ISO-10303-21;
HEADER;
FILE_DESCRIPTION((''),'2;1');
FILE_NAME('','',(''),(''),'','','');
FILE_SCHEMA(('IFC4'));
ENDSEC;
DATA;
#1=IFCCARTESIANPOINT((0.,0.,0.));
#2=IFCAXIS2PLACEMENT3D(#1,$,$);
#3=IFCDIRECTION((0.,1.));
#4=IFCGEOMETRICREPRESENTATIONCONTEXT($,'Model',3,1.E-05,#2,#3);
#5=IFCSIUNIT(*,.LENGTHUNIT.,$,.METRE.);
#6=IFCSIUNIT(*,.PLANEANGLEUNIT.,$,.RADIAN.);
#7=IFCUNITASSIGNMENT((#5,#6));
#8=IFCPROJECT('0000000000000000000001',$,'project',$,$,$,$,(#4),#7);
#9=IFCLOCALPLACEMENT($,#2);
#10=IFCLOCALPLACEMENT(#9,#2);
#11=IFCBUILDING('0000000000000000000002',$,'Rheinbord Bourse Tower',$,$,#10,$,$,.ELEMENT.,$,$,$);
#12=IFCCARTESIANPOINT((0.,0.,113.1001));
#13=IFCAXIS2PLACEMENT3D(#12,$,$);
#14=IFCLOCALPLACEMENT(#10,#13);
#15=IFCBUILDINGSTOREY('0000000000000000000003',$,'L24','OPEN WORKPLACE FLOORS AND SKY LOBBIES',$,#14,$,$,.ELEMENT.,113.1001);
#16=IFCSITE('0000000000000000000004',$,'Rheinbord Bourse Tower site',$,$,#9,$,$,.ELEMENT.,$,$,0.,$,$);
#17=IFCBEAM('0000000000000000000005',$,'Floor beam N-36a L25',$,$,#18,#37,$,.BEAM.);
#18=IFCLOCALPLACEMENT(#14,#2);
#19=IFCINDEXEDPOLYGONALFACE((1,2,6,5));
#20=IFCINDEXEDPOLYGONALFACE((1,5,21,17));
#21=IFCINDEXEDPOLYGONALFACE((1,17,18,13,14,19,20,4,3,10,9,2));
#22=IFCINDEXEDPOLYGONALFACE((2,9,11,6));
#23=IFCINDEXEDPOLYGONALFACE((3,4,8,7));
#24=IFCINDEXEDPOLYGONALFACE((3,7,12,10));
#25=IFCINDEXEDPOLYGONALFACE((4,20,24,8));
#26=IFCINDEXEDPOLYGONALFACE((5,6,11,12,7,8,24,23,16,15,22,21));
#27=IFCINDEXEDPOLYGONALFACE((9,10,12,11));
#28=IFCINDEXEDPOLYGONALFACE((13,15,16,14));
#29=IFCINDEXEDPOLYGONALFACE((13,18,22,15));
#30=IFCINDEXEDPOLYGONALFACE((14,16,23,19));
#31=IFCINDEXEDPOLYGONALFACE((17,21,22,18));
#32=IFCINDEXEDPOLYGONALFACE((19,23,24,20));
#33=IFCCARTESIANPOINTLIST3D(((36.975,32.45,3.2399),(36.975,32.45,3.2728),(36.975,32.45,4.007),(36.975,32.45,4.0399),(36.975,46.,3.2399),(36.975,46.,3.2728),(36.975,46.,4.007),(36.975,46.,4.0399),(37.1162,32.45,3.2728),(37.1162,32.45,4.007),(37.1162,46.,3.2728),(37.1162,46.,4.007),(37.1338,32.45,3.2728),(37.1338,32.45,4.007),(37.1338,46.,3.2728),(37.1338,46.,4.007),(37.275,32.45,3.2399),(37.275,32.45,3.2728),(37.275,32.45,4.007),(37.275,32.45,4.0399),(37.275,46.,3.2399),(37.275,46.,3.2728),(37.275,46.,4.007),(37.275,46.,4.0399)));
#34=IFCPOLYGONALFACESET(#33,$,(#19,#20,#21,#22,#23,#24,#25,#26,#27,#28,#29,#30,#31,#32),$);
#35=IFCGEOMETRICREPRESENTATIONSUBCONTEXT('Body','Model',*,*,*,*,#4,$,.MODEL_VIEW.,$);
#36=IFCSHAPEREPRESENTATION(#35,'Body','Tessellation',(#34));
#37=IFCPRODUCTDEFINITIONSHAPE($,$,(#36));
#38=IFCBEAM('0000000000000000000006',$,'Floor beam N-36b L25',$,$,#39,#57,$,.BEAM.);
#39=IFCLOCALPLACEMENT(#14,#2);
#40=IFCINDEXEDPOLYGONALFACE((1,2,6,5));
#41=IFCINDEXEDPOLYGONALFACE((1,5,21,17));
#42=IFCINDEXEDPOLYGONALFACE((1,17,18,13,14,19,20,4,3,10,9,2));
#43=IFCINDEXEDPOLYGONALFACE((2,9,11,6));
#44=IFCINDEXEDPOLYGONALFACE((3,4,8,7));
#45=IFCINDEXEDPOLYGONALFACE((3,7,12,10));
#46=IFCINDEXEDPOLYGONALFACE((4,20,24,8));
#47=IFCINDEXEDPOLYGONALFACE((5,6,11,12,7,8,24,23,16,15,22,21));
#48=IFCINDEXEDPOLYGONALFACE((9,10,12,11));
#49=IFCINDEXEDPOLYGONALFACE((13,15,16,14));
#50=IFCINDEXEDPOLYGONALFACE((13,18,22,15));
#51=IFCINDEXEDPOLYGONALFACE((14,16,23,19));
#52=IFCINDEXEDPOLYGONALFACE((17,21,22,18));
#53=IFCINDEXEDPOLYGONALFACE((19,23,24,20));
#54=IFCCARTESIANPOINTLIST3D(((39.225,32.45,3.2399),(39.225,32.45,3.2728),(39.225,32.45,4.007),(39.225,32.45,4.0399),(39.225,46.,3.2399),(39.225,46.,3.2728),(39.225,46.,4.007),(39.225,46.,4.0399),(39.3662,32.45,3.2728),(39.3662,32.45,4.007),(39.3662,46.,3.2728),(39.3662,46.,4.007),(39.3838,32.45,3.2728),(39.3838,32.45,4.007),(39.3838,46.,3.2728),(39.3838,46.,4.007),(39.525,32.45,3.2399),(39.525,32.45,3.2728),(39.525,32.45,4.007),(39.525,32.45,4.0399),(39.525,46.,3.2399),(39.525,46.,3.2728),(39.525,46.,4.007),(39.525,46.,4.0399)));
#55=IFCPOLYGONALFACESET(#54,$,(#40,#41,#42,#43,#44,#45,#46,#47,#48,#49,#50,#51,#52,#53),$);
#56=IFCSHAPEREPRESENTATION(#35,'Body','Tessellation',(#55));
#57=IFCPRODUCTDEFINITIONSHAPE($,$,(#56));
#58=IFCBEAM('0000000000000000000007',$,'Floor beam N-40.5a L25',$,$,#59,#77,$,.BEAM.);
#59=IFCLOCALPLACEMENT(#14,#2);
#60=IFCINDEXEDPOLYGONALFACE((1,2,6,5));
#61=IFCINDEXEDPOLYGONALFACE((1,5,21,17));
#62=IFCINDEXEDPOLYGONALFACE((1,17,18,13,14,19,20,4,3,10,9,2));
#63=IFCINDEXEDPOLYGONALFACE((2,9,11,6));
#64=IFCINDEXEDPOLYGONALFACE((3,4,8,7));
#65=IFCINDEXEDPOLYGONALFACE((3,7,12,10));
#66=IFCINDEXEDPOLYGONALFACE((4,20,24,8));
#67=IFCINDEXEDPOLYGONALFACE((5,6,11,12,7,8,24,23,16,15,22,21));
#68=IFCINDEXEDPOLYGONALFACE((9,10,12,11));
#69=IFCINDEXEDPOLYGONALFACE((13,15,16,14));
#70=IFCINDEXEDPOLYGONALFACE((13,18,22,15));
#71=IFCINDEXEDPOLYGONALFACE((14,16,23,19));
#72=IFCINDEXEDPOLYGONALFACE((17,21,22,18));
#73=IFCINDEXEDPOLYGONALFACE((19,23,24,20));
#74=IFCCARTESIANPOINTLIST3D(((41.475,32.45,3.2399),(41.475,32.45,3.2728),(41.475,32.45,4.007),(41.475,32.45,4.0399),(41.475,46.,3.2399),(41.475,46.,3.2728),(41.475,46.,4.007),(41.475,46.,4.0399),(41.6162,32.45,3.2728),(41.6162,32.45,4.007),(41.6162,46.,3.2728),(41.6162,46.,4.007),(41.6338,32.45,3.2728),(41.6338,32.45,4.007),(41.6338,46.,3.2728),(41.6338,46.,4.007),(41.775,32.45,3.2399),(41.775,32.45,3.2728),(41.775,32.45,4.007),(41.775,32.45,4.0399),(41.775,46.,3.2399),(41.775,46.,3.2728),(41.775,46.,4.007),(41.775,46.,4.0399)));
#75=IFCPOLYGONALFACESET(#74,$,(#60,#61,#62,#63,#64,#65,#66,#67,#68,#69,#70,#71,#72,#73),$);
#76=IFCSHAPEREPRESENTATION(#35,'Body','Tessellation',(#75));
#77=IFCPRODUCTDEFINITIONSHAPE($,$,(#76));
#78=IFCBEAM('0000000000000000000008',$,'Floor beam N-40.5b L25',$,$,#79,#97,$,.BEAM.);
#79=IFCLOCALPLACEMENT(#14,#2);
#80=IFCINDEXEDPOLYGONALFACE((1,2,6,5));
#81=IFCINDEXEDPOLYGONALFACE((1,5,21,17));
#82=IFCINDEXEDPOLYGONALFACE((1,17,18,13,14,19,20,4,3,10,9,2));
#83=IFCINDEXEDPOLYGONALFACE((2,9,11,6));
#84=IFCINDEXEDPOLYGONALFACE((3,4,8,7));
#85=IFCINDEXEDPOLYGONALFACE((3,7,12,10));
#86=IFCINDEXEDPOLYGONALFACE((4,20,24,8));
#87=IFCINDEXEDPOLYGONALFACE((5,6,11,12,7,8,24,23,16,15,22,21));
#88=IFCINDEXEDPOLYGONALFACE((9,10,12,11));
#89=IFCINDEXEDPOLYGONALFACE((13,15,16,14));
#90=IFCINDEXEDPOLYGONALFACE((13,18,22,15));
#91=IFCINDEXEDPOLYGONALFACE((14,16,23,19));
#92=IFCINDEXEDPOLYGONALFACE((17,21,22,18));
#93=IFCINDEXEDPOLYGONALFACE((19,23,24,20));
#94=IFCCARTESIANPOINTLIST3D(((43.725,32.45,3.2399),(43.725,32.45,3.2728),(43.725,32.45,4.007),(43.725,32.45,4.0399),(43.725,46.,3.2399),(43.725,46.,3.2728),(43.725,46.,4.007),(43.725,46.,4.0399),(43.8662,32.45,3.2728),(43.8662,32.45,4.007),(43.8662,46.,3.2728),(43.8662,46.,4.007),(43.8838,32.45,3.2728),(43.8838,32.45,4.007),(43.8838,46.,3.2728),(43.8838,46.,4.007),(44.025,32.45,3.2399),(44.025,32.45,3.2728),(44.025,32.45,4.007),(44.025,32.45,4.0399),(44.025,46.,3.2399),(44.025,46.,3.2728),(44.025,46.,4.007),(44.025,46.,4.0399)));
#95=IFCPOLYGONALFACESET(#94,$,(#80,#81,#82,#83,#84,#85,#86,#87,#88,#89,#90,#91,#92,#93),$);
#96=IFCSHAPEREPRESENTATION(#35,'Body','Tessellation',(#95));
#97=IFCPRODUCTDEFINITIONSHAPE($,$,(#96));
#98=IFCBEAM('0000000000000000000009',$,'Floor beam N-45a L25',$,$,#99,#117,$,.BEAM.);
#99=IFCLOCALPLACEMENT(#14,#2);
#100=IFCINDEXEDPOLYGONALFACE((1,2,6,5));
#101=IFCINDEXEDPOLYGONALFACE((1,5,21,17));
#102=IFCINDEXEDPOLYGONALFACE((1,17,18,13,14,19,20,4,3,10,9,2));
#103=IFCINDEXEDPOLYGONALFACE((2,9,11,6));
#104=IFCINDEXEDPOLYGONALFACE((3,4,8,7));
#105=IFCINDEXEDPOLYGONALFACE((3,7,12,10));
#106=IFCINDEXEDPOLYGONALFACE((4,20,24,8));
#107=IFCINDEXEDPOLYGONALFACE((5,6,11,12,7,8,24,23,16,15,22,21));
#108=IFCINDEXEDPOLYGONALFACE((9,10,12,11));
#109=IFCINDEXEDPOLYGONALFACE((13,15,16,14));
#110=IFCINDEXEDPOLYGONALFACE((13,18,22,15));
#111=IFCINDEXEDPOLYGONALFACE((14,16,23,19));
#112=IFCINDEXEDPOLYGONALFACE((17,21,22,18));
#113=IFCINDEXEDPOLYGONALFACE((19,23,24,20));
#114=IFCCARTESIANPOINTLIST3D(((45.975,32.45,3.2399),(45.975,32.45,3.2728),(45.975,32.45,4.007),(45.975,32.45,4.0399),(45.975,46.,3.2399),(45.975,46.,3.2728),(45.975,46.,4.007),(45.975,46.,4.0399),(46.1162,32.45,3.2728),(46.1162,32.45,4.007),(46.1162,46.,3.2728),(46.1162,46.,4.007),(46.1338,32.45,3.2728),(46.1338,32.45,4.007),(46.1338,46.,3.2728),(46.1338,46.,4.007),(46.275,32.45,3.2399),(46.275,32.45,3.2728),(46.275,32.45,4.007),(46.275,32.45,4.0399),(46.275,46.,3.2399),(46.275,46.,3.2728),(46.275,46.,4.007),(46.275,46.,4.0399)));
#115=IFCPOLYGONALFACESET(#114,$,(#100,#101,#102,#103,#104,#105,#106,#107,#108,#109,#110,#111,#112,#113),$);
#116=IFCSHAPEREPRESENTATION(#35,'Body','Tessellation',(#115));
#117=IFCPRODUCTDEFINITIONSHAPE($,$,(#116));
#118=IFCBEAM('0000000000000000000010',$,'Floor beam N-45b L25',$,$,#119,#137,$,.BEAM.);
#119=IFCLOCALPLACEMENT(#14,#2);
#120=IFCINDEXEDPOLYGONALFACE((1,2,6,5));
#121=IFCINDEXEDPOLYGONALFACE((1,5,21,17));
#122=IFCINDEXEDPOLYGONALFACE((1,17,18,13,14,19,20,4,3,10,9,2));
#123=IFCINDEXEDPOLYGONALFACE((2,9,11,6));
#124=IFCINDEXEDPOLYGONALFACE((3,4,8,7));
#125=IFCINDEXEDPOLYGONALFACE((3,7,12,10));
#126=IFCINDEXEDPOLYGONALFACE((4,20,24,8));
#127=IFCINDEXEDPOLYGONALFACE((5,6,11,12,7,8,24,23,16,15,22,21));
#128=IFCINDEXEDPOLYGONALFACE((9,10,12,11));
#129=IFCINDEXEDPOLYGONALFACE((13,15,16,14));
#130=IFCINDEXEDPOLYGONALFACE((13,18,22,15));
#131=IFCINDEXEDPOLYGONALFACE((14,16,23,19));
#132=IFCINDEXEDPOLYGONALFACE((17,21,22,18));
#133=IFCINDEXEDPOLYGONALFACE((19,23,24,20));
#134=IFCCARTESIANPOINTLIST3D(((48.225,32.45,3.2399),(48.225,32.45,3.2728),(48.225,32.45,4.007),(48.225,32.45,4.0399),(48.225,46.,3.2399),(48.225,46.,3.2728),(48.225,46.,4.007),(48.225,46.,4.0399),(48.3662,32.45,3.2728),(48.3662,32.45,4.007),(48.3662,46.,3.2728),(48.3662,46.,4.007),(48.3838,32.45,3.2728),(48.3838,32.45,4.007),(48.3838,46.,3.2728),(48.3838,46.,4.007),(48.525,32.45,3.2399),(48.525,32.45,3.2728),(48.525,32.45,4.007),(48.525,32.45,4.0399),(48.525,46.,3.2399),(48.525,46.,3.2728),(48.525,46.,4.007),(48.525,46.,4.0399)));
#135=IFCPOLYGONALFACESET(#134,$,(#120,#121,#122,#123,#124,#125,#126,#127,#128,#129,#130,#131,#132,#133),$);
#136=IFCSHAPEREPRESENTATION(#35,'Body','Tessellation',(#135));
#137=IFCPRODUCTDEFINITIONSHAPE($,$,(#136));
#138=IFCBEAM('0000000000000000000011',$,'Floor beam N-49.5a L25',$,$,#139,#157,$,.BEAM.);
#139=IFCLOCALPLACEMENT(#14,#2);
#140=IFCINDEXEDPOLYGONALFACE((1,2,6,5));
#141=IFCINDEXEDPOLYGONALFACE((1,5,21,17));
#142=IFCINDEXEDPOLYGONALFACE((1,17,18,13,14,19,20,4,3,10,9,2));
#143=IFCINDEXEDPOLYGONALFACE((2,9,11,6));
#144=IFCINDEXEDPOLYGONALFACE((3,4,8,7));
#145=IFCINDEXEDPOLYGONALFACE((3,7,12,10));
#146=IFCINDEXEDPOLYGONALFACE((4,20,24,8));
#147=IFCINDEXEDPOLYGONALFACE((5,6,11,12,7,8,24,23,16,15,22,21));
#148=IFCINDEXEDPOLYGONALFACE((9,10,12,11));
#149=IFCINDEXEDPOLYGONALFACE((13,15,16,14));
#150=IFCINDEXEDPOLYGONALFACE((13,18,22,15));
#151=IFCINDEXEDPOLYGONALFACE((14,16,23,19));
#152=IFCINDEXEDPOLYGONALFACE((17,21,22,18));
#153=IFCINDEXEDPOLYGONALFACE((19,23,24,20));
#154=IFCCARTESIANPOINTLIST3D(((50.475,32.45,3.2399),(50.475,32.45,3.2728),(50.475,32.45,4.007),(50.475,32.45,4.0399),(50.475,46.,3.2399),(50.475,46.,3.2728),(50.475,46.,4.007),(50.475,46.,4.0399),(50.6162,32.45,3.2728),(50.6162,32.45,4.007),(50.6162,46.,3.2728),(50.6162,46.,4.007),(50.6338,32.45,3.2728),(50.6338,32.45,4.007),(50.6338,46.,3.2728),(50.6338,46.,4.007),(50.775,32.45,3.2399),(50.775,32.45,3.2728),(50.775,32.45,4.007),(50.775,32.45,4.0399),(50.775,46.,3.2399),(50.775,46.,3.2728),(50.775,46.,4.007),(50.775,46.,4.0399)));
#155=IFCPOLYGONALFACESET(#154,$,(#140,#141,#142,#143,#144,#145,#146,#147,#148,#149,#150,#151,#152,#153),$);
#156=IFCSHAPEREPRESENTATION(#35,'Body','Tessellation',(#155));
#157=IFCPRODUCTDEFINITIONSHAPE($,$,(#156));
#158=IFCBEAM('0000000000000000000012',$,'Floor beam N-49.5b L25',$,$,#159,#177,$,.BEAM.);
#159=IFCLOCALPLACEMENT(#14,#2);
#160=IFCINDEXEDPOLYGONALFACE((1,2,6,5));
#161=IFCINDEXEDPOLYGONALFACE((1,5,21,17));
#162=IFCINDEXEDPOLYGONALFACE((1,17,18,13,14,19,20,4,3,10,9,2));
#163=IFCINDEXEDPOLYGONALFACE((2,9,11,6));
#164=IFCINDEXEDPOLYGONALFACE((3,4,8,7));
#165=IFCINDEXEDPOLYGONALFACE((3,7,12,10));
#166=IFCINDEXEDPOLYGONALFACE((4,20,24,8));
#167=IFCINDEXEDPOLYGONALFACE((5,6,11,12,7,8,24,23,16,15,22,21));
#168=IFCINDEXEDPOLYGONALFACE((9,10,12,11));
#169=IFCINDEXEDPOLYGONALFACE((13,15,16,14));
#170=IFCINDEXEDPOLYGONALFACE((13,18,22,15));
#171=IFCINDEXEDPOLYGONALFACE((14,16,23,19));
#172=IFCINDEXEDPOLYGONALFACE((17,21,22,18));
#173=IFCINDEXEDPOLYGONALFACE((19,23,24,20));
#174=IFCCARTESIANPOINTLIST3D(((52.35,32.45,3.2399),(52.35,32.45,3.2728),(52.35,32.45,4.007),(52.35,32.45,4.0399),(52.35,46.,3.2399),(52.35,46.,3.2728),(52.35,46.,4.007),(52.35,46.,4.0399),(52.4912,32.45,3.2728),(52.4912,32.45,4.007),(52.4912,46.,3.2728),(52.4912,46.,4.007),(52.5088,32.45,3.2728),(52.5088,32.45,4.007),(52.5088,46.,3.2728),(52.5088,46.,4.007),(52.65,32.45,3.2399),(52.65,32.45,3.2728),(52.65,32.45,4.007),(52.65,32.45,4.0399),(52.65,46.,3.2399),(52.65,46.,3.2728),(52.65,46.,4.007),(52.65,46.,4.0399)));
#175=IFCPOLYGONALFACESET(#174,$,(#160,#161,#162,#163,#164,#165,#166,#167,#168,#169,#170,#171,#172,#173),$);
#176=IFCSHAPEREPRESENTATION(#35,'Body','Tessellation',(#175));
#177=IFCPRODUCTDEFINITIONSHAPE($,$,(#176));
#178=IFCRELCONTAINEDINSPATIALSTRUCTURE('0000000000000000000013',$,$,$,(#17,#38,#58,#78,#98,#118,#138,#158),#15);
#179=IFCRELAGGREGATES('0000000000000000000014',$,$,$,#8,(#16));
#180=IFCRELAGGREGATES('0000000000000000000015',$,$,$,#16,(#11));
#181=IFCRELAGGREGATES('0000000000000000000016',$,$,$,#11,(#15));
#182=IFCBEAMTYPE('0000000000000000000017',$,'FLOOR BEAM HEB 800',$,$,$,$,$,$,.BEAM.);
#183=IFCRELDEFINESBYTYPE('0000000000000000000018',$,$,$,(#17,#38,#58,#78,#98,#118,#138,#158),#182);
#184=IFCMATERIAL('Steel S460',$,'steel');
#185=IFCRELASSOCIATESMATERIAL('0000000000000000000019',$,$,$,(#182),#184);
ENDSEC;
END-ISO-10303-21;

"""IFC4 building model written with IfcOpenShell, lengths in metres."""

from ifc_helpers import new_model, si_unit, direction, frame, origin, origin_2d, place, context, subcontext, project, spatial, i_section, extrude, material, material_profile, profile_set, type_object, element, save


model = new_model("IFC4")

# Units and contexts
model_context = context("Model", 3, precision=1e-05, world=origin(), true_north=direction((0.0, 1.0)))
body_context = subcontext(model_context, "Body", "Model", "MODEL_VIEW")
ifc_project = project(units=[si_unit("LENGTHUNIT", "METRE"), si_unit("PLANEANGLEUNIT", "RADIAN")], contexts=[model_context])

# Site, building, storey
site_placement = place(None, origin())
site = spatial("IfcSite", under=ifc_project, at=site_placement, Name="Rheinbord Bourse Tower site", CompositionType="ELEMENT", RefElevation=0.0)
building_placement = place(site_placement, origin())
building = spatial("IfcBuilding", under=site, at=building_placement, Name="Rheinbord Bourse Tower", CompositionType="ELEMENT")
storey_placement = place(building_placement, frame((0.0, 0.0, 113.1001)))
storey = spatial("IfcBuildingStorey", under=building, at=storey_placement, Name="L24", Description="OPEN WORKPLACE FLOORS AND SKY LOBBIES", CompositionType="ELEMENT", Elevation=113.1001)

# Beams
ifc_material_1 = material(Name="Steel S460", Category="steel")
ifc_material_profile_1 = material_profile(ifc_material_1, i_section(OverallWidth=0.3, OverallDepth=0.8, WebThickness=0.0176, FlangeThickness=0.033, at=origin_2d()), Name="HEB 800")
ifc_profile_set_1 = profile_set([ifc_material_profile_1], Name="Steel S460")
beam_type_1 = type_object("IfcBeamType", Name="FLOOR BEAM HEB 800", PredefinedType="BEAM", material=ifc_profile_set_1)
for number, where, z_axis, x_axis, name in (
    (1, (37.125, 46.0, 3.6399), (0.0, -1.0, 0.0), (1.0, 0.0, 0.0), "Floor beam N-36a L25"),
    (2, (39.375, 46.0, 3.6399), (0.0, -1.0, 0.0), (1.0, 0.0, 0.0), "Floor beam N-36b L25"),
    (3, (41.625, 46.0, 3.6399), (0.0, -1.0, 0.0), (1.0, 0.0, 0.0), "Floor beam N-40.5a L25"),
    (4, (43.875, 46.0, 3.6399), (0.0, -1.0, 0.0), (1.0, 0.0, 0.0), "Floor beam N-40.5b L25"),
    (5, (46.125, 46.0, 3.6399), (0.0, -1.0, 0.0), (1.0, 0.0, 0.0), "Floor beam N-45a L25"),
    (6, (48.375, 46.0, 3.6399), (0.0, -1.0, 0.0), (1.0, 0.0, 0.0), "Floor beam N-45b L25"),
    (7, (50.625, 46.0, 3.6399), (0.0, -1.0, 0.0), (1.0, 0.0, 0.0), "Floor beam N-49.5a L25"),
    (8, (52.5, 46.0, 3.6399), (0.0, -1.0, 0.0), (1.0, 0.0, 0.0), "Floor beam N-49.5b L25"),
):
    element("IfcBeam", number, at=place(storey_placement, frame(where, z_axis=z_axis, x_axis=x_axis)), inside=storey, type_object=beam_type_1, Name=name, PredefinedType="BEAM", context=body_context, shape_type="SweptSolid", body=[
        extrude(i_section(OverallWidth=0.3, OverallDepth=0.8, WebThickness=0.0176, FlangeThickness=0.033, at=origin_2d()), origin(), (0.0, 0.0, 1.0), 13.55),
    ])

save(model, "model.ifc")
